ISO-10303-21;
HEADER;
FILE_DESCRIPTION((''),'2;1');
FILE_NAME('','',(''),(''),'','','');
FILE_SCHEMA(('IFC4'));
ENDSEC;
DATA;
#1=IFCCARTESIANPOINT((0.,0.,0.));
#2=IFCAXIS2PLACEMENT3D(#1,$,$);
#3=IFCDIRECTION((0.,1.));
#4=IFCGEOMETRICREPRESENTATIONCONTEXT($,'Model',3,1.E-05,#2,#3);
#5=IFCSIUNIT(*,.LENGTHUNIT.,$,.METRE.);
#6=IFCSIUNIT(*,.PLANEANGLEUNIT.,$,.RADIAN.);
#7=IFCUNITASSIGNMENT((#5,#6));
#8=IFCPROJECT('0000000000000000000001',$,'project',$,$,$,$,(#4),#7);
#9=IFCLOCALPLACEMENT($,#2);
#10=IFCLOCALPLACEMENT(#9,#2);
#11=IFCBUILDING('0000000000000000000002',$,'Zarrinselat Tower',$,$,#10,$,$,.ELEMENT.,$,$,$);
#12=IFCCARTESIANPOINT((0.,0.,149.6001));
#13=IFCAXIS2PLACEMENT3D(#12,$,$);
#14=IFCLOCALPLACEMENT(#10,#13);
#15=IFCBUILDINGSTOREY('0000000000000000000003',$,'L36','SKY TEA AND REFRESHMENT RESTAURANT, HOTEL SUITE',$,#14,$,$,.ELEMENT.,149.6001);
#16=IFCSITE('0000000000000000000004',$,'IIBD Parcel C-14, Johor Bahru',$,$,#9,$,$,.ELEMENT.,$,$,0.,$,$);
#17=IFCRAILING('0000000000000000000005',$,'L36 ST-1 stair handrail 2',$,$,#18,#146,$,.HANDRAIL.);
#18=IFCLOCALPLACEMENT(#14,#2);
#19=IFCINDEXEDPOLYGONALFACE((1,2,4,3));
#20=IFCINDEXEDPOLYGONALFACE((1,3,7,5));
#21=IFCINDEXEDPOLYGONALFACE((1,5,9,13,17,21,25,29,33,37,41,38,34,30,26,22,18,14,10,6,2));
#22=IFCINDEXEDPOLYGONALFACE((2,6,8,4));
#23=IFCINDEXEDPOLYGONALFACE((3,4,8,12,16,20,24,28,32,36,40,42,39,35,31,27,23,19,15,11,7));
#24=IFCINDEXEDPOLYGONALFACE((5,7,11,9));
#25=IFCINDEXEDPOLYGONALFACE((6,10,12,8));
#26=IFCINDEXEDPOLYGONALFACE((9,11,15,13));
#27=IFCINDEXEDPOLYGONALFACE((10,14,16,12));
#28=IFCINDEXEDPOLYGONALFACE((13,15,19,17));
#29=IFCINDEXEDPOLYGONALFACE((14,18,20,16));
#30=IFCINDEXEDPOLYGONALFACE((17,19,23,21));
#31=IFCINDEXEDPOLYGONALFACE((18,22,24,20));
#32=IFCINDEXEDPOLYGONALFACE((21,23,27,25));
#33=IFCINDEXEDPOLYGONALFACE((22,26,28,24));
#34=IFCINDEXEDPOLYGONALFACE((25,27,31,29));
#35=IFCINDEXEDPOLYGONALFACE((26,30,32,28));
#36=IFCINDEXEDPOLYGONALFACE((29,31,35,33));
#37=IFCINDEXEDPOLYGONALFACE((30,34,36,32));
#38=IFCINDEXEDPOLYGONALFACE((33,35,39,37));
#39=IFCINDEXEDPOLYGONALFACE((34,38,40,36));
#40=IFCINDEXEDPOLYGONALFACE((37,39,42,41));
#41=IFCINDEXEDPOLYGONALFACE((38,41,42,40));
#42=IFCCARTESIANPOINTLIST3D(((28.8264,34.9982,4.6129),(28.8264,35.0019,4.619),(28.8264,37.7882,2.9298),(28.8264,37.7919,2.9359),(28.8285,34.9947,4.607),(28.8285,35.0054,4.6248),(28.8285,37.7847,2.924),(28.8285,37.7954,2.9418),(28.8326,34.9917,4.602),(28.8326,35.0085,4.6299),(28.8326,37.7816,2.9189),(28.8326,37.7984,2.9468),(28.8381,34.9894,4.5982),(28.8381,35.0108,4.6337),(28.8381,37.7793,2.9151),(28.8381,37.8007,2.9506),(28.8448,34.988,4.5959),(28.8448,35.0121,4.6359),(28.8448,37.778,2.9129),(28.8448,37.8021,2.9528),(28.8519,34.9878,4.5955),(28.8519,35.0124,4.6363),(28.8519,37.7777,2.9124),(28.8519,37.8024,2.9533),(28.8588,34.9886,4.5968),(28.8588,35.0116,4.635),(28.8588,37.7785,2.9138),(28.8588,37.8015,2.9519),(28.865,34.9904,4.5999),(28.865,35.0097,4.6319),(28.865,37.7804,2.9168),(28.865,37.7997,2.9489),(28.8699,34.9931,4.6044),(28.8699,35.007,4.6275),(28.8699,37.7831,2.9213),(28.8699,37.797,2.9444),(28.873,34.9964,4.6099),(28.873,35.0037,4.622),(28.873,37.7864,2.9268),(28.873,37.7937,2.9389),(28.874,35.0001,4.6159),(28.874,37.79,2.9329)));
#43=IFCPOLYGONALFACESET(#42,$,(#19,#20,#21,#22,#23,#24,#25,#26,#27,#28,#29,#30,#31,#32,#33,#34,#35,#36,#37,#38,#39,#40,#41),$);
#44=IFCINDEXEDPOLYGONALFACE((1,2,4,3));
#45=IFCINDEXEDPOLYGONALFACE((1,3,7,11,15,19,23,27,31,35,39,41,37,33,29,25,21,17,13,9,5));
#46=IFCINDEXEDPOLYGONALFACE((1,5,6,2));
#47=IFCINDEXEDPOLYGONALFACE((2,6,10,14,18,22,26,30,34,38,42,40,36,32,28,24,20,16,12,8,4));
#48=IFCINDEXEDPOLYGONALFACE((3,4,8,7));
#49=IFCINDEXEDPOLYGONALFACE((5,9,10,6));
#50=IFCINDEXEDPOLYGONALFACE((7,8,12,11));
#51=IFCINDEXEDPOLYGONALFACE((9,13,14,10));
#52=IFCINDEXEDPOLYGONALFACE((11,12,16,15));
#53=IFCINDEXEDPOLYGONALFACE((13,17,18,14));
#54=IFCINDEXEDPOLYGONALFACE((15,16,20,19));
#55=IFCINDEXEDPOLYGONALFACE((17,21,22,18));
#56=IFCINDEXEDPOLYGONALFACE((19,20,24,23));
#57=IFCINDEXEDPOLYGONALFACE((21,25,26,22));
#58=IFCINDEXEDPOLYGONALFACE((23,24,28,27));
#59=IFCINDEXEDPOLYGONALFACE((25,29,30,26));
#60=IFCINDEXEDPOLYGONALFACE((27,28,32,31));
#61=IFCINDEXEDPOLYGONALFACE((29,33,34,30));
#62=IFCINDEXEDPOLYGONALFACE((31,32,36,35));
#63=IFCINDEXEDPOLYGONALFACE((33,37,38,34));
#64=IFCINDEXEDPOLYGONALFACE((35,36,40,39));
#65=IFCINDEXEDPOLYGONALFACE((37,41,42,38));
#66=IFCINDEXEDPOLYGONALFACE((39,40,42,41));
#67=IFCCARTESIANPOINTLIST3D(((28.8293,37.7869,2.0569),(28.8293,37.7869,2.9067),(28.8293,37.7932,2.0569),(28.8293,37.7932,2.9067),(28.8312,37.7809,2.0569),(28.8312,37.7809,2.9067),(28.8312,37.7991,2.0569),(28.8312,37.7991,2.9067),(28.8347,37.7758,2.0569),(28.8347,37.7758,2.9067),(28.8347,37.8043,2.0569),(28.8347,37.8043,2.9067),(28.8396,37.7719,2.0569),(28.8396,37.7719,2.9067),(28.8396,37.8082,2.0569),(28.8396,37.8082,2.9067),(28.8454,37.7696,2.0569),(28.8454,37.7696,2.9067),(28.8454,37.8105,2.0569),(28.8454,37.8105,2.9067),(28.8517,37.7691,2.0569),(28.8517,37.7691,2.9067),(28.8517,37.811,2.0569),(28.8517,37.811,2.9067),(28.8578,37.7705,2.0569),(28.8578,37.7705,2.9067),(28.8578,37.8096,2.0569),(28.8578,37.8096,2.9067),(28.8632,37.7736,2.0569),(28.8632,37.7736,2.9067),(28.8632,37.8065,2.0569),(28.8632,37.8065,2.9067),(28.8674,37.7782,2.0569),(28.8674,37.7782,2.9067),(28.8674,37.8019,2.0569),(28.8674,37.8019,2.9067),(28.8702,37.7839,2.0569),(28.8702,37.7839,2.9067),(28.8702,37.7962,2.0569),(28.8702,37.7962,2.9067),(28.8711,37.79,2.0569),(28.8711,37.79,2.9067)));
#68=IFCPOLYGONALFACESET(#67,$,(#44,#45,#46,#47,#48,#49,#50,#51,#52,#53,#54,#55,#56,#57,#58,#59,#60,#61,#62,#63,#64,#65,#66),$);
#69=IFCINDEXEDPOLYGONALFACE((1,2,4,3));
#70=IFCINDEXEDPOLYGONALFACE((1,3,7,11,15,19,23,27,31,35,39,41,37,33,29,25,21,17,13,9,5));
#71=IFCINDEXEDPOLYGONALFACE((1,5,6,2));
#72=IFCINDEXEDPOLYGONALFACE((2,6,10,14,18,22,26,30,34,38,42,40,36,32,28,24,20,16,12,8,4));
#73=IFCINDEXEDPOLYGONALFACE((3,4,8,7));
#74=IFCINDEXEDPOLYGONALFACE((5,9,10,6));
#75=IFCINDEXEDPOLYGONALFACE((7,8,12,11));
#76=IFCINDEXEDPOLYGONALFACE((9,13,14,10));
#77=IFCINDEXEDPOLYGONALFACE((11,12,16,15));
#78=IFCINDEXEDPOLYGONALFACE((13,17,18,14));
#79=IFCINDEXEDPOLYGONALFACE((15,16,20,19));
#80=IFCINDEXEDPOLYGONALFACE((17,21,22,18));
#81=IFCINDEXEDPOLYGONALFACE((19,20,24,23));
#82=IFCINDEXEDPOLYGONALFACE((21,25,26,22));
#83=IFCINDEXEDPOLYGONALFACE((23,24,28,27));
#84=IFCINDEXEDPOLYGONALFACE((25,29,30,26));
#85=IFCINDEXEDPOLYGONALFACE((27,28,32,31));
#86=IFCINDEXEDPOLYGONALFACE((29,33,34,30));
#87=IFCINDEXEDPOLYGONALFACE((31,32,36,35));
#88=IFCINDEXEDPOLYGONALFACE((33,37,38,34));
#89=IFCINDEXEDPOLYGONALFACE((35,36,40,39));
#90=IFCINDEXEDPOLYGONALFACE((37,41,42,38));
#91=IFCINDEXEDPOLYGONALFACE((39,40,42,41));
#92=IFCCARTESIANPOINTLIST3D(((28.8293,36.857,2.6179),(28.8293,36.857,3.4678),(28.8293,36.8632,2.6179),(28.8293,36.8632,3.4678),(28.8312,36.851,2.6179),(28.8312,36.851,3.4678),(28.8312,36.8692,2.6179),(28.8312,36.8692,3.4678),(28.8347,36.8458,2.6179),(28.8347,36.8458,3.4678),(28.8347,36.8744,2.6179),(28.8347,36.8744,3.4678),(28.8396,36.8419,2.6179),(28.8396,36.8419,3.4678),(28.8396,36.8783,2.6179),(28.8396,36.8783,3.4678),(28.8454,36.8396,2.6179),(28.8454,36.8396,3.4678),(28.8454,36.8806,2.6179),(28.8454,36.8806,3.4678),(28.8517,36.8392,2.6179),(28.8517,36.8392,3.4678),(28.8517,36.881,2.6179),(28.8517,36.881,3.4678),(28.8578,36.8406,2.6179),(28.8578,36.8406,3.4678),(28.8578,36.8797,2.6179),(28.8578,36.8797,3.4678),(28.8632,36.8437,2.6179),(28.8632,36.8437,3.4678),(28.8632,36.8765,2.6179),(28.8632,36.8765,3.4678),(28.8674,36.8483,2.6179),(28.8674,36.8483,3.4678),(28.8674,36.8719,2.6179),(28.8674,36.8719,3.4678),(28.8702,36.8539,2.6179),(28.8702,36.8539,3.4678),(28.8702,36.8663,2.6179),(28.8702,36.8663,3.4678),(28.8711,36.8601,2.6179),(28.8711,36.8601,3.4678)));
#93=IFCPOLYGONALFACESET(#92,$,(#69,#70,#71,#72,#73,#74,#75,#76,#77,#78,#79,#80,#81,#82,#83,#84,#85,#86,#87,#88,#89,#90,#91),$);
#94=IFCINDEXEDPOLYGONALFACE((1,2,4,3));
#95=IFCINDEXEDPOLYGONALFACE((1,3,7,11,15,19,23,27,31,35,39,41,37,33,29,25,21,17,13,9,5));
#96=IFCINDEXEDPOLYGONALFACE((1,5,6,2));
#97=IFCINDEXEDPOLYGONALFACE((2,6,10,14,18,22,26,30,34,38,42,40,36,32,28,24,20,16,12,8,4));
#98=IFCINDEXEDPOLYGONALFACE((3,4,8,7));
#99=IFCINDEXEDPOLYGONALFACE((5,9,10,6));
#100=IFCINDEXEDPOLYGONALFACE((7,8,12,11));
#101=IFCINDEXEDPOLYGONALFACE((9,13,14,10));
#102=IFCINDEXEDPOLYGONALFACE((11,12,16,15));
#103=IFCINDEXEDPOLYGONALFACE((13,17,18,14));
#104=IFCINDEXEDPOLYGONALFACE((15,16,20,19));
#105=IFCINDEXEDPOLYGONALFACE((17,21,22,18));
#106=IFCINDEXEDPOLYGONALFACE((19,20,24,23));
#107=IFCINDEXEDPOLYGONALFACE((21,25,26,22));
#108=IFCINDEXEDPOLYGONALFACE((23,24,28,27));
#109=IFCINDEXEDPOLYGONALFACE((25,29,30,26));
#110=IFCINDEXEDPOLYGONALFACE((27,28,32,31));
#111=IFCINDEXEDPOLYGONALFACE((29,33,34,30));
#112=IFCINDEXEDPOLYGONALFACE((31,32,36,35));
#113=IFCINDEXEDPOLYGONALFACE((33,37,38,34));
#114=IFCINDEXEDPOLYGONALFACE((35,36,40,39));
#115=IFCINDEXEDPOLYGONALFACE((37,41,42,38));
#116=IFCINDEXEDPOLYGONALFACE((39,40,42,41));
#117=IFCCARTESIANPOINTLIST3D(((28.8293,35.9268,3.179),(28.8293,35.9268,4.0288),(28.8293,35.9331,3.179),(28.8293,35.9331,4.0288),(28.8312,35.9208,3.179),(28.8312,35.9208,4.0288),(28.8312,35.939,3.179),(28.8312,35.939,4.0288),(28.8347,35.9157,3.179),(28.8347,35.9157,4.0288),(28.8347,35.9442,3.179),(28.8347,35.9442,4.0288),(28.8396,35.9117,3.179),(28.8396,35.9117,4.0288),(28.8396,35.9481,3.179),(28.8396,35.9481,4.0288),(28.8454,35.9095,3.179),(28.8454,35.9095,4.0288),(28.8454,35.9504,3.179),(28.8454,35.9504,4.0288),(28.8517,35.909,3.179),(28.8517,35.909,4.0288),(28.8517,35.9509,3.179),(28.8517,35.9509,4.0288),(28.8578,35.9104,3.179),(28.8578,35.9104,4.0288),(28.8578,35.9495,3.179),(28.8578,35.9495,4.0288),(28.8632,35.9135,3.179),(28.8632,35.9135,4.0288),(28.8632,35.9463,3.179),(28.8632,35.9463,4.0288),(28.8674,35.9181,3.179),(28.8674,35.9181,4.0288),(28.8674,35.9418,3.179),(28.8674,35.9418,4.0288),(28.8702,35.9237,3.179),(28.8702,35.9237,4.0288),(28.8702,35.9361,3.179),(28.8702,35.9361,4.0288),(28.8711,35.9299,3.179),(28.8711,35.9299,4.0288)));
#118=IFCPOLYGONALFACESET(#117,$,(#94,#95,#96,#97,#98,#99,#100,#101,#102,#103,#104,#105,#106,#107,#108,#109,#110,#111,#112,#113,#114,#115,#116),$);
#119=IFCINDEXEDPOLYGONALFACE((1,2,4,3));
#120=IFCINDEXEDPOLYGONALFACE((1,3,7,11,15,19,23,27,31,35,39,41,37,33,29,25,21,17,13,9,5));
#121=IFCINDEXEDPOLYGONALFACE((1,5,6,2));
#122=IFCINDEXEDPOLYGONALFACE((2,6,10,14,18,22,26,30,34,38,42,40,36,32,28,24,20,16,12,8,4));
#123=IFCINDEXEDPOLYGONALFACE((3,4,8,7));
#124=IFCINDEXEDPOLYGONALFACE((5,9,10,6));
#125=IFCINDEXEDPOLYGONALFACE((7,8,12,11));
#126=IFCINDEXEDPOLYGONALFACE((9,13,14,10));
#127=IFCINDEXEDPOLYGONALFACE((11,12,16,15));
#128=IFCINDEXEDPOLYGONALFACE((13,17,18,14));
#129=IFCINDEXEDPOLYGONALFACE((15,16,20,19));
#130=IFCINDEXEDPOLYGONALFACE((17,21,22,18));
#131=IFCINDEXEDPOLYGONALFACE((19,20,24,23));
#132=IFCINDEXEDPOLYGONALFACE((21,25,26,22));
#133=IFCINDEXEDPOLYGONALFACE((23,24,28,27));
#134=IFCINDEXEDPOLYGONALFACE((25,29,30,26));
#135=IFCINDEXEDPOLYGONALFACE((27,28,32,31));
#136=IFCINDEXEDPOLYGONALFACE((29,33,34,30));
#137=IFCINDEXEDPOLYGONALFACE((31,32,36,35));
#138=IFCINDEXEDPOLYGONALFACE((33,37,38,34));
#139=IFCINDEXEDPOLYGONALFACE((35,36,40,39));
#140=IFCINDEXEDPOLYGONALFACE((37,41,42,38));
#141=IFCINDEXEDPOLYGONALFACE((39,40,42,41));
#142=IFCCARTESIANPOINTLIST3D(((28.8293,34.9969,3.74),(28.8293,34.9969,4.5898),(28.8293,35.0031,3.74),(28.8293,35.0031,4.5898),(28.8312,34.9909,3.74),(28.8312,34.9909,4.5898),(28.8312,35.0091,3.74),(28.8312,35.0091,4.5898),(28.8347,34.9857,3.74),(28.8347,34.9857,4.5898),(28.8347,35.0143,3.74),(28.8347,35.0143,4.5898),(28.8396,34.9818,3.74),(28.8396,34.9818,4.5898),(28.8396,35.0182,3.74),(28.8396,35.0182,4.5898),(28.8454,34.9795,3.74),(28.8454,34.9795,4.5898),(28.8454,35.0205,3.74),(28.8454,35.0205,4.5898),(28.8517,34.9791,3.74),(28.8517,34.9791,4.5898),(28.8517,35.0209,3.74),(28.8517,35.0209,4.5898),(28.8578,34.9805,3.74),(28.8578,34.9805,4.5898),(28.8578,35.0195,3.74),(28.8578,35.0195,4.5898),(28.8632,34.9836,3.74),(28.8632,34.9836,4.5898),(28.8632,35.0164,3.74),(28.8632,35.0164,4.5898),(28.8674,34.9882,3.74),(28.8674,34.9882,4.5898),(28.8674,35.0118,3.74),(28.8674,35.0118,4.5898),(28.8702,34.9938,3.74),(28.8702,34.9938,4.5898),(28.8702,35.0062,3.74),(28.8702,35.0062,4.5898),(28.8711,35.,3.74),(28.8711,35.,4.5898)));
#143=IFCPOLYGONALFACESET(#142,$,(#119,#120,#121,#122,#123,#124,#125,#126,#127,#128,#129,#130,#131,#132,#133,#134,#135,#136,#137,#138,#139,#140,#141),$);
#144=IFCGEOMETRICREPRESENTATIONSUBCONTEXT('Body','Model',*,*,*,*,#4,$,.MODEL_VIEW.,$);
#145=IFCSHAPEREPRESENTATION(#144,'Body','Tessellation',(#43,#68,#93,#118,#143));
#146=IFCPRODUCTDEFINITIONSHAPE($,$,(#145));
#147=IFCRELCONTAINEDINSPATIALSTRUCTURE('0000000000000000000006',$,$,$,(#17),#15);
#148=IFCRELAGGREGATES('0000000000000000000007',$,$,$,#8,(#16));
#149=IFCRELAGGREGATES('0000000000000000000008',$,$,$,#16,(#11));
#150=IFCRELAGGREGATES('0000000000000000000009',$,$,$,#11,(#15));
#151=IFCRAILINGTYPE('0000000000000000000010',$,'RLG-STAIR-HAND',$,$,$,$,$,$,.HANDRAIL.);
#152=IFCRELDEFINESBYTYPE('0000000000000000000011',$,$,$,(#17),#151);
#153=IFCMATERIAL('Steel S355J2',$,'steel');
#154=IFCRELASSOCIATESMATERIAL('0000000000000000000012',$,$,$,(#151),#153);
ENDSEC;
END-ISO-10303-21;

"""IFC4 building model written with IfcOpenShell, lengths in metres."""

from ifc_helpers import new_model, si_unit, direction, frame, origin, origin_2d, place, context, subcontext, project, spatial, circle, extrude, material, type_object, element, save


model = new_model("IFC4")

# Units and contexts
model_context = context("Model", 3, precision=1e-05, world=origin(), true_north=direction((0.0, 1.0)))
body_context = subcontext(model_context, "Body", "Model", "MODEL_VIEW")
ifc_project = project(units=[si_unit("LENGTHUNIT", "METRE"), si_unit("PLANEANGLEUNIT", "RADIAN")], contexts=[model_context])

# Site, building, storey
site_placement = place(None, origin())
site = spatial("IfcSite", under=ifc_project, at=site_placement, Name="IIBD Parcel C-14, Johor Bahru", CompositionType="ELEMENT", RefElevation=0.0)
building_placement = place(site_placement, origin())
building = spatial("IfcBuilding", under=site, at=building_placement, Name="Zarrinselat Tower", CompositionType="ELEMENT")
storey_placement = place(building_placement, frame((0.0, 0.0, 149.6001)))
storey = spatial("IfcBuildingStorey", under=building, at=storey_placement, Name="L36", Description="SKY TEA AND REFRESHMENT RESTAURANT, HOTEL SUITE", CompositionType="ELEMENT", Elevation=149.6001)

# Railing
ifc_material_1 = material(Name="Steel S355J2", Category="steel")
railing_type_1 = type_object("IfcRailingType", Name="RLG-STAIR-HAND", PredefinedType="HANDRAIL", material=ifc_material_1)
railing_1_placement = place(storey_placement, frame((28.8501, 37.79, 2.0569)))
element("IfcRailing", 1, at=railing_1_placement, inside=storey, type_object=railing_type_1, Name="L36 ST-1 stair handrail 2", PredefinedType="HANDRAIL", context=body_context, shape_type="SweptSolid", body=[
    extrude(circle(Radius=0.0239, at=origin_2d()), frame((0.0, 0.0, 0.876), z_axis=(0.0, -0.856261, 0.516544), x_axis=(1.0, 0.0, 0.0)), (0.0, 0.0, 1.0), 3.2583),
    extrude(circle(Radius=0.021, at=origin_2d()), origin(), (0.0, 0.0, 1.0), 0.8499),
    extrude(circle(Radius=0.021, at=origin_2d()), frame((0.0, -0.9299, 0.561)), (0.0, 0.0, 1.0), 0.8499),
    extrude(circle(Radius=0.021, at=origin_2d()), frame((0.0, -1.8601, 1.1221)), (0.0, 0.0, 1.0), 0.8499),
    extrude(circle(Radius=0.021, at=origin_2d()), frame((0.0, -2.79, 1.6831)), (0.0, 0.0, 1.0), 0.8499),
])

save(model, "model.ifc")
